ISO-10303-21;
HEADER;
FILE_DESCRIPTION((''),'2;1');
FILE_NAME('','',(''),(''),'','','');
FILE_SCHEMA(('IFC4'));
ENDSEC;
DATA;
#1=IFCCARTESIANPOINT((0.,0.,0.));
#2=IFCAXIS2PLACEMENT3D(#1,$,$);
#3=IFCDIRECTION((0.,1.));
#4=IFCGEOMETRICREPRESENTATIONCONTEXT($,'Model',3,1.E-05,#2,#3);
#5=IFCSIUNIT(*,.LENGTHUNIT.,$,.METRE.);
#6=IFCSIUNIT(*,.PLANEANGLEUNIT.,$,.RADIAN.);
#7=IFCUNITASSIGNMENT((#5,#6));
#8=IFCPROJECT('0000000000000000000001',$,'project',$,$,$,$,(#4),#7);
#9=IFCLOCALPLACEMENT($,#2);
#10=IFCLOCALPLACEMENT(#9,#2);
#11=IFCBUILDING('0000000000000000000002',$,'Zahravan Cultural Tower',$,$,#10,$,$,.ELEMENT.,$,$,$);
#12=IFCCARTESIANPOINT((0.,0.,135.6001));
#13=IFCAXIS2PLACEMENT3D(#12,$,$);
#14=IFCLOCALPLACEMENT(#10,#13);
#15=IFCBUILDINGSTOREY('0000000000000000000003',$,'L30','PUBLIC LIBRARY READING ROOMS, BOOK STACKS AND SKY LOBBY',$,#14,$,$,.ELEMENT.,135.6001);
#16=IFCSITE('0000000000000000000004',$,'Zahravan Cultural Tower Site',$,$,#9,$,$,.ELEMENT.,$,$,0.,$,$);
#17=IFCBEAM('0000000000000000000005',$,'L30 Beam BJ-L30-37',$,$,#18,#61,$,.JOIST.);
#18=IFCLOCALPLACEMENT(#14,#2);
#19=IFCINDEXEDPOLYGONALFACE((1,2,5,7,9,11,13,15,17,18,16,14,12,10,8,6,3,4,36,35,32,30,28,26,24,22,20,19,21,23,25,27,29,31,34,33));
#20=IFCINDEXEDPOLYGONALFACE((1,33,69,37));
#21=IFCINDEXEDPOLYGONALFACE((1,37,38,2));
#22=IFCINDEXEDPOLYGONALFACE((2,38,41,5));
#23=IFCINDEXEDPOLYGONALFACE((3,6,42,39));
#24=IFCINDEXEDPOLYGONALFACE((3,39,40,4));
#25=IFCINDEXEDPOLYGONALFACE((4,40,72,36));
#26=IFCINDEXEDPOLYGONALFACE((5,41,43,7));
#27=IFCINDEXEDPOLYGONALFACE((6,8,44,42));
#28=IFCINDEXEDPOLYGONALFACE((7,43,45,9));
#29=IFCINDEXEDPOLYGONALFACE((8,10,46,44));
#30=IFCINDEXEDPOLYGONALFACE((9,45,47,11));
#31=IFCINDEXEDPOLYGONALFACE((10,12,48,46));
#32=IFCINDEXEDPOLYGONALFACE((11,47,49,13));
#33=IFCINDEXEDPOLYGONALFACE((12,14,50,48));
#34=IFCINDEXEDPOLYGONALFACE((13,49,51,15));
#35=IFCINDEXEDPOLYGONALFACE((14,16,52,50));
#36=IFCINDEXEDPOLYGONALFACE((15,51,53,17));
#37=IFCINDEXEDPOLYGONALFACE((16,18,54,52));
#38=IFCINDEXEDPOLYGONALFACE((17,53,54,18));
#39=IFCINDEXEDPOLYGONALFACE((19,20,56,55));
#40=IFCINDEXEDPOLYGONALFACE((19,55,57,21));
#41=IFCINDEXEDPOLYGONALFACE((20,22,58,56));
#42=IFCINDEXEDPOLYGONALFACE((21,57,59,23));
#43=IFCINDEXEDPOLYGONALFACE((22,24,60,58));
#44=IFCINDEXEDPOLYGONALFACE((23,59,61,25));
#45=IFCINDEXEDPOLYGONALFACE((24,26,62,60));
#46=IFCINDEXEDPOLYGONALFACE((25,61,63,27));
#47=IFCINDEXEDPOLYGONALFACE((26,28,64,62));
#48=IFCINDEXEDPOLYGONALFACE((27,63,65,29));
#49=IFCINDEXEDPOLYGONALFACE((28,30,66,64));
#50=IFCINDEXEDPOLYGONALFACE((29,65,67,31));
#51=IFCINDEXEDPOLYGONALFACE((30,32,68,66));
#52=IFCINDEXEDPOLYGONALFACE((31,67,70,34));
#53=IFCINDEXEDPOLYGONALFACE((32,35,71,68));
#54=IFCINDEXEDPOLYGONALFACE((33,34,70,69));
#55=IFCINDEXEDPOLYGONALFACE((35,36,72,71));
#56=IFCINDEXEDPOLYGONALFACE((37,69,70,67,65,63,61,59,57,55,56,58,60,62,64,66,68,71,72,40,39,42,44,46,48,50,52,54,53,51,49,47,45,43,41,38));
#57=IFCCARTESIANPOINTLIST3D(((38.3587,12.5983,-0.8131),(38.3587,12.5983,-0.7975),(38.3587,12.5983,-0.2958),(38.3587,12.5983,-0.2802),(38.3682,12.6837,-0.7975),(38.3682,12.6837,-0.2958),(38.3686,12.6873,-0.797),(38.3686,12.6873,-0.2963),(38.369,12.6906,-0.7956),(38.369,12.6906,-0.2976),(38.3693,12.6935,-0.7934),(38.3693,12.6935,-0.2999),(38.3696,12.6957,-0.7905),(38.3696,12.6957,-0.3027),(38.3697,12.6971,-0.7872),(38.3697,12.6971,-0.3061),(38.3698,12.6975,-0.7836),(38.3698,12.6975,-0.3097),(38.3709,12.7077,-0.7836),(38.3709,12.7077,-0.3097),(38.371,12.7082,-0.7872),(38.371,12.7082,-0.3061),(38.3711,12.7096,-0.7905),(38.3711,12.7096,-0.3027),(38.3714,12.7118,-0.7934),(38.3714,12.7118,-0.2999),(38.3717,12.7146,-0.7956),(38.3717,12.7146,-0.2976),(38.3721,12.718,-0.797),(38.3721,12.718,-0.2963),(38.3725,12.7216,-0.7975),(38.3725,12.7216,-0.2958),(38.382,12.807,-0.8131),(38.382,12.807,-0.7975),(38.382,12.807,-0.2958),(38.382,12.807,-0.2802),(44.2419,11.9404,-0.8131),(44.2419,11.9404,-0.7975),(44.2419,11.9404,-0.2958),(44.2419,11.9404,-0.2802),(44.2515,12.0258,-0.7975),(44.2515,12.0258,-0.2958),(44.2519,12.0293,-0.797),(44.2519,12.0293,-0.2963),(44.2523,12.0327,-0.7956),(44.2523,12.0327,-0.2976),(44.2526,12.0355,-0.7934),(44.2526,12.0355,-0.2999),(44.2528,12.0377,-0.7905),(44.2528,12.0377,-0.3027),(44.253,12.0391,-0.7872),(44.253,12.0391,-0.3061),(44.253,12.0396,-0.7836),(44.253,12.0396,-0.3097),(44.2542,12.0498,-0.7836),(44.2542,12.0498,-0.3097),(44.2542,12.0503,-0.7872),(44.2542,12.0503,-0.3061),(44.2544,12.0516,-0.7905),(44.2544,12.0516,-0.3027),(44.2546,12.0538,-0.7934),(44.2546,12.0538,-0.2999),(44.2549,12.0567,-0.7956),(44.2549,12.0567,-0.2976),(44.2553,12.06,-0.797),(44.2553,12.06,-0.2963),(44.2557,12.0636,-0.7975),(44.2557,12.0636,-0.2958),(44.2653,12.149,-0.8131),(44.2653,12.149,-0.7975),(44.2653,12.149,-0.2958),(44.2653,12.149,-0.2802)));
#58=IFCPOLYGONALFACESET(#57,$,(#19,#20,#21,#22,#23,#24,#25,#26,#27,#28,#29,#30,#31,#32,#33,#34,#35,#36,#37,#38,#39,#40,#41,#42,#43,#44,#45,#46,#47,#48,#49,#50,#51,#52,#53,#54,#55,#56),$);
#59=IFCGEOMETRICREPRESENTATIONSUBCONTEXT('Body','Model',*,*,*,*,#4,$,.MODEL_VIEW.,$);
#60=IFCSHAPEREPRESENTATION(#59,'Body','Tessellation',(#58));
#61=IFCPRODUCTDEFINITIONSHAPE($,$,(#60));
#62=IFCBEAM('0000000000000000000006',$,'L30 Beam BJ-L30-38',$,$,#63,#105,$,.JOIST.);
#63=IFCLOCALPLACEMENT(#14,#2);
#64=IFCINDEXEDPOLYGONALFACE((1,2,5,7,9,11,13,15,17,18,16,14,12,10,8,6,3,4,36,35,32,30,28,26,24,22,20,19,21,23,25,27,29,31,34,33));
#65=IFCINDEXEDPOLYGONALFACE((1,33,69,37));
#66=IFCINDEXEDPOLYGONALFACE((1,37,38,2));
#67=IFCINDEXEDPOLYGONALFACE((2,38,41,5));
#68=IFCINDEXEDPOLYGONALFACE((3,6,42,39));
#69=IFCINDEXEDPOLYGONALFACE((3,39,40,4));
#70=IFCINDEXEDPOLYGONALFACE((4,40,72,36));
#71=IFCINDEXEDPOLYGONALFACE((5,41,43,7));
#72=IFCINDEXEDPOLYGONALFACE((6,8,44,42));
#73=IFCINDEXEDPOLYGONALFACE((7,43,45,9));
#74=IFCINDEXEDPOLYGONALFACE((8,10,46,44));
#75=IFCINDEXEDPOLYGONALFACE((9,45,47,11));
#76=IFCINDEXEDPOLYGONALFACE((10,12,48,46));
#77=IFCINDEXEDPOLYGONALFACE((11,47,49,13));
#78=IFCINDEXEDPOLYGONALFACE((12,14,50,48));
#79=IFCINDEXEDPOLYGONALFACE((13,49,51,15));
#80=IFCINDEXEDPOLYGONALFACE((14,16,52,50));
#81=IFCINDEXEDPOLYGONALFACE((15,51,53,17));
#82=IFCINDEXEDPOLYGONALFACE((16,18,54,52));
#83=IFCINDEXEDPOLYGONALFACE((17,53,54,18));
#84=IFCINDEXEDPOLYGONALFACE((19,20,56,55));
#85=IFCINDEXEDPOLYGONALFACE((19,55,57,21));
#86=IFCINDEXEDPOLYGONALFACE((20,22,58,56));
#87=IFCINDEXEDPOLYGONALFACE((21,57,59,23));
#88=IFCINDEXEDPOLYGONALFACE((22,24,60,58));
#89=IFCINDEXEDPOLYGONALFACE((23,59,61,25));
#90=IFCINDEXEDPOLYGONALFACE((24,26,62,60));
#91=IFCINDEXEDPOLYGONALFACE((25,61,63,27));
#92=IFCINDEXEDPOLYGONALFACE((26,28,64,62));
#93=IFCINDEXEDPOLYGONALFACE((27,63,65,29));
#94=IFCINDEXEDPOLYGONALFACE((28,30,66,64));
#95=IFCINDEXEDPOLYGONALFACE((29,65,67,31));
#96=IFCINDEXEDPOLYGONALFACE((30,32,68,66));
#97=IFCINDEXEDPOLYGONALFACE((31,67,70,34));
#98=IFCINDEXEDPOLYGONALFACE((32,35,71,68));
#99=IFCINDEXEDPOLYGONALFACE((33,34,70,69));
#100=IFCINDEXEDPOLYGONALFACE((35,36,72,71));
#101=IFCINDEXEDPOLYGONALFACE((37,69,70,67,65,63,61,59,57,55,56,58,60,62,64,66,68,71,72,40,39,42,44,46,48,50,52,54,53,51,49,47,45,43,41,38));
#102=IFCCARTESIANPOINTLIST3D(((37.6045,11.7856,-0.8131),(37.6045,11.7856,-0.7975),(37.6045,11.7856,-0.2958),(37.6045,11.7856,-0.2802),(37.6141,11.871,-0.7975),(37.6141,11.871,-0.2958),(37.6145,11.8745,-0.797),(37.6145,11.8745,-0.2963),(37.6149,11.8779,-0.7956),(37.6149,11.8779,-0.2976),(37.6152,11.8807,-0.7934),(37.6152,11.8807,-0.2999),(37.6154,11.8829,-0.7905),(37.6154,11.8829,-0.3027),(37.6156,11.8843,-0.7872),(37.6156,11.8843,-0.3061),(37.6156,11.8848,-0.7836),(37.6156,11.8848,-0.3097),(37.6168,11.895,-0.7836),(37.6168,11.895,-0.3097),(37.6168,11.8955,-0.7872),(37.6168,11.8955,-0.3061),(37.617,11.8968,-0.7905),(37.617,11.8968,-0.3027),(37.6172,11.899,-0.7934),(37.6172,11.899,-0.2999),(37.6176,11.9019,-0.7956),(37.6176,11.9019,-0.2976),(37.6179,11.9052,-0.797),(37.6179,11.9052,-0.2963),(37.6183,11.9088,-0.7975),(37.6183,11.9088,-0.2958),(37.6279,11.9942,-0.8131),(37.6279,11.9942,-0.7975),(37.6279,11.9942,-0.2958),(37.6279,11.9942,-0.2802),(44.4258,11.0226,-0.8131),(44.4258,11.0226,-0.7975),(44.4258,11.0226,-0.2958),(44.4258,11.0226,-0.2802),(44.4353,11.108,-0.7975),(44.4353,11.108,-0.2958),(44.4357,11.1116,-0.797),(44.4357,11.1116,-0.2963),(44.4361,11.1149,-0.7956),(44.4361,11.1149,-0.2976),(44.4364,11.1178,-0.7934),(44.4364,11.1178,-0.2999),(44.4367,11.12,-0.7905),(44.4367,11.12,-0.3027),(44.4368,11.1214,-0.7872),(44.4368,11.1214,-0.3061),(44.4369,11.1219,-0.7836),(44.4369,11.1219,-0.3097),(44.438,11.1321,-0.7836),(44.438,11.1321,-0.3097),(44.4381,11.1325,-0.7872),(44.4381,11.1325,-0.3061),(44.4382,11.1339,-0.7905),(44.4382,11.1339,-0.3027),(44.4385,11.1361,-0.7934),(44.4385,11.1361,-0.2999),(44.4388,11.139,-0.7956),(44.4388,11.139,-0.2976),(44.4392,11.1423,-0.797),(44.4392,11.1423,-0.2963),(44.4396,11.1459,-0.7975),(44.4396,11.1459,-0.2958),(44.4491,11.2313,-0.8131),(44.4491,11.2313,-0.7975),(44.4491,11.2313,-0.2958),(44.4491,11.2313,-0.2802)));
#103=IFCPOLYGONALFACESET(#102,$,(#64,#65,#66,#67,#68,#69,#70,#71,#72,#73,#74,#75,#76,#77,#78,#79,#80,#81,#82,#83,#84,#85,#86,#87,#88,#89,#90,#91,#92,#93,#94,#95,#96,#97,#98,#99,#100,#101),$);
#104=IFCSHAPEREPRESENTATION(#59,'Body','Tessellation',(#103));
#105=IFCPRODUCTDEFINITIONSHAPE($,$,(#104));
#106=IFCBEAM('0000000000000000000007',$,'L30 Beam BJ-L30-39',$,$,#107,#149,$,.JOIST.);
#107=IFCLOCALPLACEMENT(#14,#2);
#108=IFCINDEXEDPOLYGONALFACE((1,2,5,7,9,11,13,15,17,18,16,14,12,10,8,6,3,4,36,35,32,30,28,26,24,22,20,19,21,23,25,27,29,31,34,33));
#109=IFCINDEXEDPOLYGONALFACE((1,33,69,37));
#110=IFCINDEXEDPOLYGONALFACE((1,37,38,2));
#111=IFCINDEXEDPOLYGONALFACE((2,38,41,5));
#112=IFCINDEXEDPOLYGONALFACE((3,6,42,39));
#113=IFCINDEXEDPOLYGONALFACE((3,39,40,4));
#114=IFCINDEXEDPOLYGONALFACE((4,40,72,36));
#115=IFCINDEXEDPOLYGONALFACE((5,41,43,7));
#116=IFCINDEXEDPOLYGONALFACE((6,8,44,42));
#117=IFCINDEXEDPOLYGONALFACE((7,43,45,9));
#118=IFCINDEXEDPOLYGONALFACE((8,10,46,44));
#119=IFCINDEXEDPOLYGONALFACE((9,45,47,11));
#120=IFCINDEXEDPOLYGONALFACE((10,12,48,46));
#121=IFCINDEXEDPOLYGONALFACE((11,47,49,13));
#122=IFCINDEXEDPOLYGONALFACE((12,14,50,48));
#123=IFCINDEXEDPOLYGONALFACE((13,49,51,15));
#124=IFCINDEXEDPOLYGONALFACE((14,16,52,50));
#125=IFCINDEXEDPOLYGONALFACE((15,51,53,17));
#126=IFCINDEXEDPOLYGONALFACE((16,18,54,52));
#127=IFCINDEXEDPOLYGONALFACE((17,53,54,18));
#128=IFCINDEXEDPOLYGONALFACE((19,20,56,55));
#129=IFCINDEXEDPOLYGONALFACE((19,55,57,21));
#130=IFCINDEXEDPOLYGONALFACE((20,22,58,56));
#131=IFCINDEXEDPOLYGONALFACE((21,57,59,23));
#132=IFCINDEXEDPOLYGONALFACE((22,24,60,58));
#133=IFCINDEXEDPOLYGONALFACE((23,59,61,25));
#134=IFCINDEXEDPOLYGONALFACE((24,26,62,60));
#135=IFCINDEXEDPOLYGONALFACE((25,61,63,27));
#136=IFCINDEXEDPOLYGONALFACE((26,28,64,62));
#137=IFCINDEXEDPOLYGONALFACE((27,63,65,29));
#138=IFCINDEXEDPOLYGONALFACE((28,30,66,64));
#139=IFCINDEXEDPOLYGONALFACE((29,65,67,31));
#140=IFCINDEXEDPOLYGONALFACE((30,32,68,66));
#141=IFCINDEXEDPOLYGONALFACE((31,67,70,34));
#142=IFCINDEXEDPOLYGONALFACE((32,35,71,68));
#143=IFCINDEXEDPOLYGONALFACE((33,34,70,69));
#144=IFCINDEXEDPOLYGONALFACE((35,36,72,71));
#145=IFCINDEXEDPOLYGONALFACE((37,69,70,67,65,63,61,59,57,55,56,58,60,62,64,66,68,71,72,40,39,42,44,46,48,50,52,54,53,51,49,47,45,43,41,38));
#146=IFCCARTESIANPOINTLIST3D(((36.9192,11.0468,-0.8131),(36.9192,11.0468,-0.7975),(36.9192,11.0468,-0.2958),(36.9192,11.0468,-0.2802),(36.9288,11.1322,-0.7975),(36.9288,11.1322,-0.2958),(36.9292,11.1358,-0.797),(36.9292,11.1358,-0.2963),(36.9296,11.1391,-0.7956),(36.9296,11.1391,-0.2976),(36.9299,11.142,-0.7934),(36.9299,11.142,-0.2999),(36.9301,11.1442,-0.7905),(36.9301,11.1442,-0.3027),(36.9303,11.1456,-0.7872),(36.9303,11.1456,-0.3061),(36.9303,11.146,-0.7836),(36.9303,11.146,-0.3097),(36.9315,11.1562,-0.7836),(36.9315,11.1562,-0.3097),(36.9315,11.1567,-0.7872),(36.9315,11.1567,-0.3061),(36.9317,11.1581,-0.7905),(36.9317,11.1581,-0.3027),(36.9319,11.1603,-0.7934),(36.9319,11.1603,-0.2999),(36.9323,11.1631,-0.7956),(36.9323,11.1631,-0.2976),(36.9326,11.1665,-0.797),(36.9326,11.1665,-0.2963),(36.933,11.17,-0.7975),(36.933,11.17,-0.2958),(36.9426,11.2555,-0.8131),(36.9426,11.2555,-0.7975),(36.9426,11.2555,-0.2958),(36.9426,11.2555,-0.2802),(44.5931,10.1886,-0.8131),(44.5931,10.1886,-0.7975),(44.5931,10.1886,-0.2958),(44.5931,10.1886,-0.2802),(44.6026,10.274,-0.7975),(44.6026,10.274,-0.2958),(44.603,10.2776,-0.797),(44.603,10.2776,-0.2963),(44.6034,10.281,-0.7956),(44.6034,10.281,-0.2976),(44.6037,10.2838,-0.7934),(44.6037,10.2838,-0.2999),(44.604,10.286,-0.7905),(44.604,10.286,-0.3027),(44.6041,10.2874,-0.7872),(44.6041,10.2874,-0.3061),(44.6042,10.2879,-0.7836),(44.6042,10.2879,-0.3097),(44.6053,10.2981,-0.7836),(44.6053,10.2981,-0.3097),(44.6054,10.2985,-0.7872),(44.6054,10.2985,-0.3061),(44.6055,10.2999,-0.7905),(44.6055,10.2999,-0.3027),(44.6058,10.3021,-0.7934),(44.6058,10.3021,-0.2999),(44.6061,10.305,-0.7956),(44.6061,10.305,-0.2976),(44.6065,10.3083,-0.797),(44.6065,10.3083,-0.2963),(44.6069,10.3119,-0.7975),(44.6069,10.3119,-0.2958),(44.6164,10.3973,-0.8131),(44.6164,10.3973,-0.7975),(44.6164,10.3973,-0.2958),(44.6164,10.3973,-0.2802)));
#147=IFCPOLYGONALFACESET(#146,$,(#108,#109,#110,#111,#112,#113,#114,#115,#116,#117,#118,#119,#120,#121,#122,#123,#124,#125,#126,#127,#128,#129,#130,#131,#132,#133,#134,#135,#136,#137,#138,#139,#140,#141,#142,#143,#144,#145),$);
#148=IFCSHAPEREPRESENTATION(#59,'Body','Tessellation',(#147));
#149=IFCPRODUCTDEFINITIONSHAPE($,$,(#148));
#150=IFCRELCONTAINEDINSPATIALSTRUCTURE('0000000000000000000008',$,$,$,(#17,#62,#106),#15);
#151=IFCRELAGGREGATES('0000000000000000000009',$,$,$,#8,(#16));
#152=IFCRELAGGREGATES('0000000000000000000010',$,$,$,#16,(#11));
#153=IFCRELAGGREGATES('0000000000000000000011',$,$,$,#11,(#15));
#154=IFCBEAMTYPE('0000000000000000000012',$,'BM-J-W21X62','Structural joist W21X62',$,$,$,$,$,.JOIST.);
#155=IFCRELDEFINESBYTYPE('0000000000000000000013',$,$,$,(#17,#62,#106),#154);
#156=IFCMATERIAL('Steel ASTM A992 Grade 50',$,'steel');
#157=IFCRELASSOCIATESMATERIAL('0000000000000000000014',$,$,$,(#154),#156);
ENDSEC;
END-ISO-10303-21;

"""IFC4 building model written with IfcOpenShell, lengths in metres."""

from ifc_helpers import new_model, si_unit, direction, frame, origin, origin_2d, place, context, subcontext, project, spatial, i_section, extrude, source, transform, mapped, material, material_profile, profile_set, type_object, element, save


model = new_model("IFC4")

# Units and contexts
model_context = context("Model", 3, precision=1e-05, world=origin(), true_north=direction((0.0, 1.0)))
body_context = subcontext(model_context, "Body", "Model", "MODEL_VIEW")
ifc_project = project(units=[si_unit("LENGTHUNIT", "METRE"), si_unit("PLANEANGLEUNIT", "RADIAN")], contexts=[model_context])

# Site, building, storey
site_placement = place(None, origin())
site = spatial("IfcSite", under=ifc_project, at=site_placement, Name="Zahravan Cultural Tower Site", CompositionType="ELEMENT", RefElevation=0.0)
building_placement = place(site_placement, origin())
building = spatial("IfcBuilding", under=site, at=building_placement, Name="Zahravan Cultural Tower", CompositionType="ELEMENT")
storey_placement = place(building_placement, frame((0.0, 0.0, 135.6001)))
storey = spatial("IfcBuildingStorey", under=building, at=storey_placement, Name="L30", Description="PUBLIC LIBRARY READING ROOMS, BOOK STACKS AND SKY LOBBY", CompositionType="ELEMENT", Elevation=135.6001)

# Shared definitions
ifc_material_1 = material(Name="Steel ASTM A992 Grade 50", Category="steel")

# Beams
ifc_material_profile_1 = material_profile(ifc_material_1, i_section(OverallWidth=0.21, OverallDepth=0.533, WebThickness=0.0103, FlangeThickness=0.0156, FilletRadius=0.0139, at=origin_2d()), Name="W21X62")
ifc_profile_set_1 = profile_set([ifc_material_profile_1], Name="Steel ASTM A992 Grade 50")
beam_type_1 = type_object("IfcBeamType", Name="BM-J-W21X62", Description="Structural joist W21X62", PredefinedType="JOIST", material=ifc_profile_set_1)
shared_shape_1 = source(origin(), body_context, "Body", "SweptSolid", [
    extrude(i_section(OverallWidth=0.21, OverallDepth=0.533, WebThickness=0.0103, FlangeThickness=0.0156, FilletRadius=0.0139, at=origin_2d()), origin(), (0.0, 0.0, 1.0), 5.9199),
])
beam_1_placement = place(storey_placement, frame((38.3704, 12.7026, -0.5466), z_axis=(0.993805, -0.111142, 0.0), x_axis=(0.111142, 0.993805, 0.0)))
element("IfcBeam", 1, at=beam_1_placement, inside=storey, type_object=beam_type_1, Name="L30 Beam BJ-L30-37", PredefinedType="JOIST", context=body_context, shape_type="MappedRepresentation", body=[
    mapped(shared_shape_1, transform((0.0, 0.0, 0.0), x_axis=(1.0, 0.0, 0.0), y_axis=(0.0, 1.0, 0.0), z_axis=(0.0, 0.0, 1.0), scale=1.0)),
])
shared_shape_2 = source(origin(), body_context, "Body", "SweptSolid", [
    extrude(i_section(OverallWidth=0.21, OverallDepth=0.533, WebThickness=0.0103, FlangeThickness=0.0156, FilletRadius=0.0139, at=origin_2d()), origin(), (0.0, 0.0, 1.0), 6.8638),
])
beam_2_placement = place(storey_placement, frame((37.6162, 11.8899, -0.5466), z_axis=(0.993803, -0.111154, 0.0), x_axis=(0.111154, 0.993803, 0.0)))
element("IfcBeam", 2, at=beam_2_placement, inside=storey, type_object=beam_type_1, Name="L30 Beam BJ-L30-38", PredefinedType="JOIST", context=body_context, shape_type="MappedRepresentation", body=[
    mapped(shared_shape_2, transform((0.0, 0.0, 0.0), x_axis=(1.0, 0.0, 0.0), y_axis=(0.0, 1.0, 0.0), z_axis=(0.0, 0.0, 1.0), scale=1.0)),
])
shared_shape_3 = source(origin(), body_context, "Body", "SweptSolid", [
    extrude(i_section(OverallWidth=0.21, OverallDepth=0.533, WebThickness=0.0103, FlangeThickness=0.0156, FilletRadius=0.0139, at=origin_2d()), origin(), (0.0, 0.0, 1.0), 7.7217),
])
beam_3_placement = place(storey_placement, frame((36.9309, 11.1511, -0.5466), z_axis=(0.993805, -0.111136, 0.0), x_axis=(0.111136, 0.993805, 0.0)))
element("IfcBeam", 3, at=beam_3_placement, inside=storey, type_object=beam_type_1, Name="L30 Beam BJ-L30-39", PredefinedType="JOIST", context=body_context, shape_type="MappedRepresentation", body=[
    mapped(shared_shape_3, transform((0.0, 0.0, 0.0), x_axis=(1.0, 0.0, 0.0), y_axis=(0.0, 1.0, 0.0), z_axis=(0.0, 0.0, 1.0), scale=1.0)),
])

save(model, "model.ifc")
